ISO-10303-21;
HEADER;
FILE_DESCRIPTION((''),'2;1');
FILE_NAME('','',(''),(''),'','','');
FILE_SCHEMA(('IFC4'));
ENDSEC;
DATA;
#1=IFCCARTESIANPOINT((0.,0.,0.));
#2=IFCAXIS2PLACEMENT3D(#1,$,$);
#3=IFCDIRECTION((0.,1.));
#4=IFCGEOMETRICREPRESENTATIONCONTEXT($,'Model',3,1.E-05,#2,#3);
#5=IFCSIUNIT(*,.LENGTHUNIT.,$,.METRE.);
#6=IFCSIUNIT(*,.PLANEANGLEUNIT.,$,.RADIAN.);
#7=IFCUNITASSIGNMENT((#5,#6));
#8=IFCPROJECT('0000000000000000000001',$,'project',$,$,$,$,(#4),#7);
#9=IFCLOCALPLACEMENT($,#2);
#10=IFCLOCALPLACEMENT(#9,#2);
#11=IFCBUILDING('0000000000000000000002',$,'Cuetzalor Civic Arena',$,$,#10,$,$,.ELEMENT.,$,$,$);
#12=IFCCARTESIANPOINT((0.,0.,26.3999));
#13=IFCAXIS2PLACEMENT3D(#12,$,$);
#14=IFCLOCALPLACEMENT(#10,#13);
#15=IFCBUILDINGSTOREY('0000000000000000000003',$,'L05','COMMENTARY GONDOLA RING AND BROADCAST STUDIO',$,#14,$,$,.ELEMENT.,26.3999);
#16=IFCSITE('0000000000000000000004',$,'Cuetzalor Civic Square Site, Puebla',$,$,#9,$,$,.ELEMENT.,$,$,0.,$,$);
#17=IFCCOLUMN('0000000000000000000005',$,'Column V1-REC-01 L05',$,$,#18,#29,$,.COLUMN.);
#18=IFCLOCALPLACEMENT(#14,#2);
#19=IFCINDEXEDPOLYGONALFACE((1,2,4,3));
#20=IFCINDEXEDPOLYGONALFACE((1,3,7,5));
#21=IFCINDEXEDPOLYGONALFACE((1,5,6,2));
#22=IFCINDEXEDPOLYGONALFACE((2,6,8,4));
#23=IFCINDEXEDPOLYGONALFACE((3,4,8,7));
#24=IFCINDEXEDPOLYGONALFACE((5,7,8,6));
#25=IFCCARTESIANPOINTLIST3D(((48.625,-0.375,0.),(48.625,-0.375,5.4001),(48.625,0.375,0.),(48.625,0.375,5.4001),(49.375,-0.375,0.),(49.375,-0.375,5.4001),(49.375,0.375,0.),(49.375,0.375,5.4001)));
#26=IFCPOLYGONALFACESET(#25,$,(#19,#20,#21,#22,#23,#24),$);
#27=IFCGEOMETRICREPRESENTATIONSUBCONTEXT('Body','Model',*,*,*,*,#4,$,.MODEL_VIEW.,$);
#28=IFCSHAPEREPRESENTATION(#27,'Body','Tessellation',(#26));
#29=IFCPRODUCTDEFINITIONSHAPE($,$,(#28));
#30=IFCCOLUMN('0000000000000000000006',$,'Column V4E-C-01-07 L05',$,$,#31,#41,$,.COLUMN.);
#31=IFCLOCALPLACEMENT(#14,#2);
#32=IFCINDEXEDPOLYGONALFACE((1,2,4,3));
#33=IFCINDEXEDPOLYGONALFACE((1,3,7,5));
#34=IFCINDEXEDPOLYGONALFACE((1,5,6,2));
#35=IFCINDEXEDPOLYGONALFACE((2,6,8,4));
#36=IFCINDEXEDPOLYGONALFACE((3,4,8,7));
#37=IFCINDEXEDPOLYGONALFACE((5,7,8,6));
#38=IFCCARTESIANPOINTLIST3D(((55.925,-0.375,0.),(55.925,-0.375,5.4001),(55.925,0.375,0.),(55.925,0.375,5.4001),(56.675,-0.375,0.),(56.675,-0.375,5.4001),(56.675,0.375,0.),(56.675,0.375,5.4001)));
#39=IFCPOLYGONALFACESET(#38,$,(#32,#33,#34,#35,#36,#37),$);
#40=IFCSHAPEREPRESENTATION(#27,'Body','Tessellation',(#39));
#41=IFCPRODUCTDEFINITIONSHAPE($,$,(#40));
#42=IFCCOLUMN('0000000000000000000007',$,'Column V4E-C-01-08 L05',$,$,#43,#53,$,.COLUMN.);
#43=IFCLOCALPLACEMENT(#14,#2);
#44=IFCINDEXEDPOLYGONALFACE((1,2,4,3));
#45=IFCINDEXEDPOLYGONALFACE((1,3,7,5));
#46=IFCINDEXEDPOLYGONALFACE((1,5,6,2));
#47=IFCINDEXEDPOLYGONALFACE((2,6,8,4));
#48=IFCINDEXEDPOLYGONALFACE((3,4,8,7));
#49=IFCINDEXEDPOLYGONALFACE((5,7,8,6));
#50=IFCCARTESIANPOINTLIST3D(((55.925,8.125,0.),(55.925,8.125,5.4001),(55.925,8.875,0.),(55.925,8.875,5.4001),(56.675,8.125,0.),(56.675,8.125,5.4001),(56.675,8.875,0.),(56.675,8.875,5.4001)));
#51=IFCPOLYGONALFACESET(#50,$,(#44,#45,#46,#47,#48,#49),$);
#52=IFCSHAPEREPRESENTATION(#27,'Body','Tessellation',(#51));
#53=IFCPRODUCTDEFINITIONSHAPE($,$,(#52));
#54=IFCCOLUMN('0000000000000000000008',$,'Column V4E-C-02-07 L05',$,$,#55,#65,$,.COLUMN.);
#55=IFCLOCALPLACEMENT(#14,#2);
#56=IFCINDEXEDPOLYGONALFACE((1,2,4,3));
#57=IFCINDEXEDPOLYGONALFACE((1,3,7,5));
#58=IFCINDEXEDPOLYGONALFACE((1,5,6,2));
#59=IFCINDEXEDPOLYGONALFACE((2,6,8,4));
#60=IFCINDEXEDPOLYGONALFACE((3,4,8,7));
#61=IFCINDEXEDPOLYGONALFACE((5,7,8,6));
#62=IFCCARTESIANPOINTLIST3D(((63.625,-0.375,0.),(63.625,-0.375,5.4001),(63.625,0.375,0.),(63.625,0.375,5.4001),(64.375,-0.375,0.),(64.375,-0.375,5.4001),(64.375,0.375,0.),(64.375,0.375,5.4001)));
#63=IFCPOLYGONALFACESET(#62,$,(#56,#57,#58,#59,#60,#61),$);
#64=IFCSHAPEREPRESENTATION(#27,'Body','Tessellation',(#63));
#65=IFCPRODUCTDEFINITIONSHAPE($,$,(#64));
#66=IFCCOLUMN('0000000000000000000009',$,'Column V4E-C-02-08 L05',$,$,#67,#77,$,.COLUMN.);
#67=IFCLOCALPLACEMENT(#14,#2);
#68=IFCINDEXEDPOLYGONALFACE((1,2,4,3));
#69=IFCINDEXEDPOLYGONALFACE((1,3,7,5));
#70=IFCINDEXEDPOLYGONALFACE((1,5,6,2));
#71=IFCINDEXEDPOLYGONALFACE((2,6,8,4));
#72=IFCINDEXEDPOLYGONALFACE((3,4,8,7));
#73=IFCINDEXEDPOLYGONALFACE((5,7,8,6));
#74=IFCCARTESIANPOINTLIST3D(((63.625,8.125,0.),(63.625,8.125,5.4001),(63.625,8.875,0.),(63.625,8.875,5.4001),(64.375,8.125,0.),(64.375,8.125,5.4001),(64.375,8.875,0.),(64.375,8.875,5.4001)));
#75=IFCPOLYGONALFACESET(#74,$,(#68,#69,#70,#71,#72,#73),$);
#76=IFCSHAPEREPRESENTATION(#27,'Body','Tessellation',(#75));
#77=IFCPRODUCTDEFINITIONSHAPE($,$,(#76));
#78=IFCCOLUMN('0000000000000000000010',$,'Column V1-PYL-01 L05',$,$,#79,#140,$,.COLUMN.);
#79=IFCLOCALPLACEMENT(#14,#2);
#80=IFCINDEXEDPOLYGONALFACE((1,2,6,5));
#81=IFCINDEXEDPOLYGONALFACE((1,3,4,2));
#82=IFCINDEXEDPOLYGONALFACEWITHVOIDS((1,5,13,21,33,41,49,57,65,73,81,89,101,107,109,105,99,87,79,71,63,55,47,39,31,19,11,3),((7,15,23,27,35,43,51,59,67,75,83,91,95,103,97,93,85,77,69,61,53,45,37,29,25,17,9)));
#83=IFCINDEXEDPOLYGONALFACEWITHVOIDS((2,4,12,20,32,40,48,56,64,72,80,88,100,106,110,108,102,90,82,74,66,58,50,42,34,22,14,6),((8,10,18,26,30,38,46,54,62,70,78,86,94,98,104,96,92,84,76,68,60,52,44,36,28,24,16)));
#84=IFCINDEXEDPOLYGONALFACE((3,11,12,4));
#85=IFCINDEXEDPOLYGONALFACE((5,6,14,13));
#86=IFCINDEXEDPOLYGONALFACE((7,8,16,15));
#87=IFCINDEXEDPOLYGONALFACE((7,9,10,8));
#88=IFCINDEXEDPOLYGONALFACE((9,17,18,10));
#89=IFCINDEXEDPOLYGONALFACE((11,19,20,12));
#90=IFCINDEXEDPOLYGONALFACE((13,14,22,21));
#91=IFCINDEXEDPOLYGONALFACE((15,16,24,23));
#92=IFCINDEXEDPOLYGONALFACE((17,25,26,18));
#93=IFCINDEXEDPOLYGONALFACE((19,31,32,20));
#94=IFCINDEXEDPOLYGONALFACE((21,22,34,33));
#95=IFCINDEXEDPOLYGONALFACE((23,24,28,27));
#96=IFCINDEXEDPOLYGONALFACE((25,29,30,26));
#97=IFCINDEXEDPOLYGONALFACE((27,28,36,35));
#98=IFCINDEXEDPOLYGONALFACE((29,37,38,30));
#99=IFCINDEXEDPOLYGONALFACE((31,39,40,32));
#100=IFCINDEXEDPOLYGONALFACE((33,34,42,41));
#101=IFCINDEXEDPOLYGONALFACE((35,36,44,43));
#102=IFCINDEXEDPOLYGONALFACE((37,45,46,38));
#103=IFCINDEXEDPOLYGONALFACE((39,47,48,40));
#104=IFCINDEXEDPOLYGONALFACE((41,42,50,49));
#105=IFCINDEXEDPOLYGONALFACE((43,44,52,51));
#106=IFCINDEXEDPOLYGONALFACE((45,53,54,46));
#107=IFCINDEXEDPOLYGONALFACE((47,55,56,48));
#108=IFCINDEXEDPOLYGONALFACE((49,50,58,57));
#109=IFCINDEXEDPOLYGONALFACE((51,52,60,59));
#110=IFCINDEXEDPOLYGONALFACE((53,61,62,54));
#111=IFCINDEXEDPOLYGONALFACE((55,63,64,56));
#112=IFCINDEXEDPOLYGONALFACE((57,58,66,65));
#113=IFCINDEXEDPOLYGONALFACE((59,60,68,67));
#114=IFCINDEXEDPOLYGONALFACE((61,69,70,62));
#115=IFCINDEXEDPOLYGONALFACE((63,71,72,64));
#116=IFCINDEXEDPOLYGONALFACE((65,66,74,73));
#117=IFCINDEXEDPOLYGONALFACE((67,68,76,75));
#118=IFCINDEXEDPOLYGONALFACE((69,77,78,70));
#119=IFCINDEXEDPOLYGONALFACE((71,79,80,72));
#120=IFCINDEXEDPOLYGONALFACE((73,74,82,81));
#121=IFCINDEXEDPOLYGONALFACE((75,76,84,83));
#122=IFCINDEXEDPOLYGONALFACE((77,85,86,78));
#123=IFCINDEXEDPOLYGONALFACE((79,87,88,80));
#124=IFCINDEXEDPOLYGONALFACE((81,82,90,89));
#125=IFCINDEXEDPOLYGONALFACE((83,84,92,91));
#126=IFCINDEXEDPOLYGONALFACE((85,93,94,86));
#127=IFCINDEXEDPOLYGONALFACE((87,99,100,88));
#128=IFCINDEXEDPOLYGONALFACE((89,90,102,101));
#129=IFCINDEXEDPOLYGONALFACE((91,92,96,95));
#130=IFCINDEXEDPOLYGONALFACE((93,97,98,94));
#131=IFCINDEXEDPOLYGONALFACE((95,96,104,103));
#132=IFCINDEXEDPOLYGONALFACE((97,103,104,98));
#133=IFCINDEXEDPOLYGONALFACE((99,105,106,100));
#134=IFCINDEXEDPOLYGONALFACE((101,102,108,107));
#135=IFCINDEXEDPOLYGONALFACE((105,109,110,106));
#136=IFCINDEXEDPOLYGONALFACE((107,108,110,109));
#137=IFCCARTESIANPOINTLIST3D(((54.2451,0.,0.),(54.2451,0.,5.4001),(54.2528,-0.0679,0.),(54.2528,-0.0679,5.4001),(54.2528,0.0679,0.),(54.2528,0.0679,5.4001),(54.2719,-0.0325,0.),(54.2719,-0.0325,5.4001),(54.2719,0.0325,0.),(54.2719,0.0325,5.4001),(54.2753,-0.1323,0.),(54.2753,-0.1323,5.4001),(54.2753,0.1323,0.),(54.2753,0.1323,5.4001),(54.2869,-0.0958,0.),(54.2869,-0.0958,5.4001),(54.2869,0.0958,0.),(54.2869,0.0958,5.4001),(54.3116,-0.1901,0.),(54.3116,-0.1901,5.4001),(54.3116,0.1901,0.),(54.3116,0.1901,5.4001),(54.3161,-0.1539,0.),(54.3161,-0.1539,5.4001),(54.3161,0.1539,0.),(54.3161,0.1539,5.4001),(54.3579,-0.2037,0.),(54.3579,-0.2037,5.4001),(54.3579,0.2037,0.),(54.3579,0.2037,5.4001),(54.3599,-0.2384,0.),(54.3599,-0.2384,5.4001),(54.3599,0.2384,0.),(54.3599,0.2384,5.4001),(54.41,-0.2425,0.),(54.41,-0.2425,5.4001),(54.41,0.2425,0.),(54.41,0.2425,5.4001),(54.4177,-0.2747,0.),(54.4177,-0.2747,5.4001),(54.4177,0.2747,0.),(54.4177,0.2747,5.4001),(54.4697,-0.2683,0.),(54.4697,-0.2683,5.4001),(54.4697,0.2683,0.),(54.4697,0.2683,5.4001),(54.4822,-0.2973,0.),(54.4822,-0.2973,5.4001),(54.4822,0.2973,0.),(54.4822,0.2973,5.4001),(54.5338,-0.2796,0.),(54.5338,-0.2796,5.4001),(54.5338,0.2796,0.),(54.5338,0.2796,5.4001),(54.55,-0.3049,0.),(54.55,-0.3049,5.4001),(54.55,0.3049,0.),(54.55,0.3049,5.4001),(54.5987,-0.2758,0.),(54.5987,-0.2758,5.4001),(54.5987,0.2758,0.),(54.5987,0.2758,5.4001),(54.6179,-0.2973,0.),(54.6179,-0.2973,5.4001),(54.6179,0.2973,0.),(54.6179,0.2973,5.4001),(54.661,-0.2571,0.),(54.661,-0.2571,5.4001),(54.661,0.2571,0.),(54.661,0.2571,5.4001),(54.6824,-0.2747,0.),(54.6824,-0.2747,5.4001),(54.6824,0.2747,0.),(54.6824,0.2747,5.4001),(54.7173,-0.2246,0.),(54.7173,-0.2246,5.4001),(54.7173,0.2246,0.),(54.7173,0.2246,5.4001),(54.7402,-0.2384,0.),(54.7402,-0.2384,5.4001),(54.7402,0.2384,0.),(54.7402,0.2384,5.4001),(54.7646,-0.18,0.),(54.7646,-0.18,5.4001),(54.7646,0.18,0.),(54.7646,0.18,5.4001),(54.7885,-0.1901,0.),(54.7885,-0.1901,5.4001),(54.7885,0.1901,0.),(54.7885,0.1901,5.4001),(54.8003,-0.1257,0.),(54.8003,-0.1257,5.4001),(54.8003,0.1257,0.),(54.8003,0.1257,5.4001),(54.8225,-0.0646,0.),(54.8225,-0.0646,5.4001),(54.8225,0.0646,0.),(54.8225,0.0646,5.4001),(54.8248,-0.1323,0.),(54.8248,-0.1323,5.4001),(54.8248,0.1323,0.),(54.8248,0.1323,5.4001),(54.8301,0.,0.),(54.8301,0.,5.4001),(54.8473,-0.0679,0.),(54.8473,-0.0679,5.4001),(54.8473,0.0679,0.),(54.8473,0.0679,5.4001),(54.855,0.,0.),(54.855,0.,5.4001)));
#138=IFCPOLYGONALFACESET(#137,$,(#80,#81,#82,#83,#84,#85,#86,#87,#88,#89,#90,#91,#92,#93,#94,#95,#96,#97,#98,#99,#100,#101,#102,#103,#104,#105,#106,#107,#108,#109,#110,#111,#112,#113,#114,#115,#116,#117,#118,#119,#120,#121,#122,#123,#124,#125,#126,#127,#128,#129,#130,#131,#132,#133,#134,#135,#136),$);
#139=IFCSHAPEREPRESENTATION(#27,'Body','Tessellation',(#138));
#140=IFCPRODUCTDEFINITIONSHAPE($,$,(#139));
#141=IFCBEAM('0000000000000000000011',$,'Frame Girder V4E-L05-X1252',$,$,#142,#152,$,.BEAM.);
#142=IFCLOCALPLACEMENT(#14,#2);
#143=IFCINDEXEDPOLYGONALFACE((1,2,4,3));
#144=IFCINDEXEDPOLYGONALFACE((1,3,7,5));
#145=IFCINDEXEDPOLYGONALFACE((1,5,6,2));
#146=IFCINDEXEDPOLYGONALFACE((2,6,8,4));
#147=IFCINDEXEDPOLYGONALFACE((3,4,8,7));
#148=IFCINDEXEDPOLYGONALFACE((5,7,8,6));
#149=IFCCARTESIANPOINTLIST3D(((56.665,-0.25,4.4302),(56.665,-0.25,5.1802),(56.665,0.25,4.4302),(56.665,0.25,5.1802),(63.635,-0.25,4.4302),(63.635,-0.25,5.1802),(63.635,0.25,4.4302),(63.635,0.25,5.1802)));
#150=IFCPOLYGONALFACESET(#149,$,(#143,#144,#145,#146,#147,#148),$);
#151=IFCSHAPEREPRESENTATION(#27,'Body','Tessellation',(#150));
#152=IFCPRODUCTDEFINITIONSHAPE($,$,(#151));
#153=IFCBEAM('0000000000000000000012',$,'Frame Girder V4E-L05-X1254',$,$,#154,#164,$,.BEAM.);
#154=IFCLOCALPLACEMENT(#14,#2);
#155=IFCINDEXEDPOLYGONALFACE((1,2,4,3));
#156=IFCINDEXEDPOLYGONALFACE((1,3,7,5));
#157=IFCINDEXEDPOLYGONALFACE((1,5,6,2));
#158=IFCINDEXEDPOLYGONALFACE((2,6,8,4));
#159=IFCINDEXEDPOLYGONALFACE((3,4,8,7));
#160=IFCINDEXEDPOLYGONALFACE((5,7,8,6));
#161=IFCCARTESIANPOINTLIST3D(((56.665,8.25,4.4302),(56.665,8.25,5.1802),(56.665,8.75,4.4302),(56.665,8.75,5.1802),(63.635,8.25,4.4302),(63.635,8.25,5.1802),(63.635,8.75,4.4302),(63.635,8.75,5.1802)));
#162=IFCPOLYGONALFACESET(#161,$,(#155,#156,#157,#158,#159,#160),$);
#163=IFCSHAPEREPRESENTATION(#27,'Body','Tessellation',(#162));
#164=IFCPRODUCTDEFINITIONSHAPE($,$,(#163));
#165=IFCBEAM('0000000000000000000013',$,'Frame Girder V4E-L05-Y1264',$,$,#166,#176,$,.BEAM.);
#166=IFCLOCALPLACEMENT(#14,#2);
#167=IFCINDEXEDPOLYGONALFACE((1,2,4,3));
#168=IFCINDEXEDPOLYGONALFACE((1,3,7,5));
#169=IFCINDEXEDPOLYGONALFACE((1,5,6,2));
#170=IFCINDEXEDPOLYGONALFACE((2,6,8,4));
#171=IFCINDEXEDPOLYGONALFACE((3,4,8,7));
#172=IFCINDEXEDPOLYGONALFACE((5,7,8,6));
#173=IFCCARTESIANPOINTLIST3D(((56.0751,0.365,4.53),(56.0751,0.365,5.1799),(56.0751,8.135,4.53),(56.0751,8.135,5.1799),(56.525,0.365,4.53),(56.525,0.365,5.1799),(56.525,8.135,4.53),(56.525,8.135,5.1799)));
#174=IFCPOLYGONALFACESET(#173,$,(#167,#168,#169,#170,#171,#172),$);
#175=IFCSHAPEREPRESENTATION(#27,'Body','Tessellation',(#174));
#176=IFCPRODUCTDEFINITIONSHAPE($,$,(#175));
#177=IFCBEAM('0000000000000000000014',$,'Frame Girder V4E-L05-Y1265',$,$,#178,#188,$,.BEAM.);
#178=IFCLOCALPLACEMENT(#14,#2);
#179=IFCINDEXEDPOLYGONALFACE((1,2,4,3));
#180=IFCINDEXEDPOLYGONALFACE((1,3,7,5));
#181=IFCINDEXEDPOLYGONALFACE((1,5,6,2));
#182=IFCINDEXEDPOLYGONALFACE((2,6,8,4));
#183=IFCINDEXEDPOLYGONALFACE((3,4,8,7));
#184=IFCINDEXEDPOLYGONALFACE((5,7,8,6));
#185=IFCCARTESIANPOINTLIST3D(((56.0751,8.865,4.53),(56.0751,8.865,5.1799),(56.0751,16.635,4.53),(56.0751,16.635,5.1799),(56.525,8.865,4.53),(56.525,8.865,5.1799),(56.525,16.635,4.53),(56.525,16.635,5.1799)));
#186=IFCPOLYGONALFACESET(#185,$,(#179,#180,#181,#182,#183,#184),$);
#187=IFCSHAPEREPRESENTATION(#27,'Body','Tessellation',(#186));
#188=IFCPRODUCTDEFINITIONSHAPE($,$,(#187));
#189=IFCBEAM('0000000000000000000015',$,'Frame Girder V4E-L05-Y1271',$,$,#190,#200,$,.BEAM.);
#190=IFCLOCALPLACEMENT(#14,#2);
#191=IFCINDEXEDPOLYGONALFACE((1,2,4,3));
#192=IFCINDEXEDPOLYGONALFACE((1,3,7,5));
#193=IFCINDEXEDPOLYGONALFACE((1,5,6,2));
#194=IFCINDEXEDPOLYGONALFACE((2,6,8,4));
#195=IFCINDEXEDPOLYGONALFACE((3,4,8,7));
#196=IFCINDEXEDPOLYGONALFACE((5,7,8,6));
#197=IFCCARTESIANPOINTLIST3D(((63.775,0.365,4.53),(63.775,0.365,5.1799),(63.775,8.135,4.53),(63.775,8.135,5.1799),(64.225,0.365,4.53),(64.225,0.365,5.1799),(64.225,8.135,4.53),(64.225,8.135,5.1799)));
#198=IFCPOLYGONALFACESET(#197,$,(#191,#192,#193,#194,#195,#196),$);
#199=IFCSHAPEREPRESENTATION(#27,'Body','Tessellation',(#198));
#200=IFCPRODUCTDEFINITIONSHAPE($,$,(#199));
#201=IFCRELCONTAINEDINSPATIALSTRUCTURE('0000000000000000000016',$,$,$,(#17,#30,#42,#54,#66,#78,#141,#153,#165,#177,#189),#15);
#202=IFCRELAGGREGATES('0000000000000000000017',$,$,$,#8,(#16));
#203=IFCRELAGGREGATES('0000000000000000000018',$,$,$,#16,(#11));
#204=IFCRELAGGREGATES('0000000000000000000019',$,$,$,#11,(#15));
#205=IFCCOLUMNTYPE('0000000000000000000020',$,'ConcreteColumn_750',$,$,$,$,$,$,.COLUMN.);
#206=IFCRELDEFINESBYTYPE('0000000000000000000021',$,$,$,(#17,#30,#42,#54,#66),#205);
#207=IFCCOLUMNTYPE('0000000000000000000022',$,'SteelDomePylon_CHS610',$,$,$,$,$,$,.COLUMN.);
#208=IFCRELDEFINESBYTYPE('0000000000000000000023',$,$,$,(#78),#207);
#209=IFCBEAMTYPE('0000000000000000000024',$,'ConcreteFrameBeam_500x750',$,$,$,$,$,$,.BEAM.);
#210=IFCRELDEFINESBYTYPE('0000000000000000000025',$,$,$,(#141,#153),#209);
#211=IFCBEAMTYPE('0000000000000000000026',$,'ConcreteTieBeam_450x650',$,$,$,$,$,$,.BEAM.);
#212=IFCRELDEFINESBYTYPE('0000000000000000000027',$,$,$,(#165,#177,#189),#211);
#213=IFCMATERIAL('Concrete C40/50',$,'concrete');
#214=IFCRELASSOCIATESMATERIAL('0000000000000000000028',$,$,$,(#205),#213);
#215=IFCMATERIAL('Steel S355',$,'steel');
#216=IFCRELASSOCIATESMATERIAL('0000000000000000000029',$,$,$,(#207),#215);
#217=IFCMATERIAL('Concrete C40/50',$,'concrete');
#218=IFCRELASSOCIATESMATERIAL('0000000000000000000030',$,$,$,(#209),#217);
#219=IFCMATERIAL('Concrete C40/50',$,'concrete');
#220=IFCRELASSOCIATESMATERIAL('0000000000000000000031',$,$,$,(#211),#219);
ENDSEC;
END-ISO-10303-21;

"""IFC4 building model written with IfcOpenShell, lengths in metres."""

from ifc_helpers import new_model, si_unit, direction, frame, origin, origin_2d, place, context, subcontext, project, spatial, rectangle, hollow_circle, extrude, material, material_profile, profile_set, type_object, element, save


model = new_model("IFC4")

# Units and contexts
model_context = context("Model", 3, precision=1e-05, world=origin(), true_north=direction((0.0, 1.0)))
body_context = subcontext(model_context, "Body", "Model", "MODEL_VIEW")
ifc_project = project(units=[si_unit("LENGTHUNIT", "METRE"), si_unit("PLANEANGLEUNIT", "RADIAN")], contexts=[model_context])

# Site, building, storey
site_placement = place(None, origin())
site = spatial("IfcSite", under=ifc_project, at=site_placement, Name="Cuetzalor Civic Square Site, Puebla", CompositionType="ELEMENT", RefElevation=0.0)
building_placement = place(site_placement, origin())
building = spatial("IfcBuilding", under=site, at=building_placement, Name="Cuetzalor Civic Arena", CompositionType="ELEMENT")
storey_placement = place(building_placement, frame((0.0, 0.0, 26.3999)))
storey = spatial("IfcBuildingStorey", under=building, at=storey_placement, Name="L05", Description="COMMENTARY GONDOLA RING AND BROADCAST STUDIO", CompositionType="ELEMENT", Elevation=26.3999)

# Columns
ifc_material_1 = material(Name="Concrete C40/50", Category="concrete")
ifc_material_profile_1 = material_profile(ifc_material_1, rectangle(XDim=0.75, YDim=0.75, at=origin_2d()), Name="RC 750x750")
ifc_profile_set_1 = profile_set([ifc_material_profile_1], Name="Concrete C40/50")
column_type_1 = type_object("IfcColumnType", Name="ConcreteColumn_750", PredefinedType="COLUMN", material=ifc_profile_set_1)
for number, where, z_axis, x_axis, name in (
    (1, (49.0, 0.0, 0.0), (0.0, 0.0, 1.0), (1.0, 0.0, 0.0), "Column V1-REC-01 L05"),
    (2, (56.3, 0.0, 0.0), (0.0, 0.0, 1.0), (1.0, 0.0, 0.0), "Column V4E-C-01-07 L05"),
    (3, (56.3, 8.5, 0.0), (0.0, 0.0, 1.0), (1.0, 0.0, 0.0), "Column V4E-C-01-08 L05"),
    (4, (64.0, 0.0, 0.0), (0.0, 0.0, 1.0), (1.0, 0.0, 0.0), "Column V4E-C-02-07 L05"),
    (5, (64.0, 8.5, 0.0), (0.0, 0.0, 1.0), (1.0, 0.0, 0.0), "Column V4E-C-02-08 L05"),
):
    element("IfcColumn", number, at=place(storey_placement, frame(where, z_axis=z_axis, x_axis=x_axis)), inside=storey, type_object=column_type_1, Name=name, PredefinedType="COLUMN", context=body_context, shape_type="SweptSolid", body=[
        extrude(rectangle(XDim=0.75, YDim=0.75, at=origin_2d()), origin(), (0.0, 0.0, 1.0), 5.4001),
    ])
ifc_material_2 = material(Name="Steel S355", Category="steel")
ifc_material_profile_2 = material_profile(ifc_material_2, hollow_circle(Radius=0.3049, WallThickness=0.0249, at=origin_2d()), Name="CHS 610x25")
ifc_profile_set_2 = profile_set([ifc_material_profile_2], Name="Steel S355")
column_type_2 = type_object("IfcColumnType", Name="SteelDomePylon_CHS610", PredefinedType="COLUMN", material=ifc_profile_set_2)
column_placement = place(storey_placement, frame((54.55, 0.0, 0.0), z_axis=(0.0, 0.0, 1.0), x_axis=(1.0, 0.0, 0.0)))
element("IfcColumn", 6, at=column_placement, inside=storey, type_object=column_type_2, Name="Column V1-PYL-01 L05", PredefinedType="COLUMN", context=body_context, shape_type="SweptSolid", body=[
    extrude(hollow_circle(Radius=0.3049, WallThickness=0.0249, at=origin_2d()), origin(), (0.0, 0.0, 1.0), 5.4001),
])

# Beams
ifc_material_3 = material(Name="Concrete C40/50", Category="concrete")
ifc_material_profile_3 = material_profile(ifc_material_3, rectangle(XDim=0.5, YDim=0.75, at=origin_2d()), Name="RC 500x750")
ifc_profile_set_3 = profile_set([ifc_material_profile_3], Name="Concrete C40/50")
beam_type_1 = type_object("IfcBeamType", Name="ConcreteFrameBeam_500x750", PredefinedType="BEAM", material=ifc_profile_set_3)
for number, where, z_axis, x_axis, name in (
    (7, (56.665, 0.0, 4.8052), (1.0, 0.0, 0.0), (0.0, 1.0, 0.0), "Frame Girder V4E-L05-X1252"),
    (8, (56.665, 8.5, 4.8052), (1.0, 0.0, 0.0), (0.0, 1.0, 0.0), "Frame Girder V4E-L05-X1254"),
):
    element("IfcBeam", number, at=place(storey_placement, frame(where, z_axis=z_axis, x_axis=x_axis)), inside=storey, type_object=beam_type_1, Name=name, PredefinedType="BEAM", context=body_context, shape_type="SweptSolid", body=[
        extrude(rectangle(XDim=0.5, YDim=0.75, at=origin_2d()), origin(), (0.0, 0.0, 1.0), 6.97),
    ])
ifc_material_4 = material(Name="Concrete C40/50", Category="concrete")
ifc_material_profile_4 = material_profile(ifc_material_4, rectangle(XDim=0.45, YDim=0.6499, at=origin_2d()), Name="RC 450x650")
ifc_profile_set_4 = profile_set([ifc_material_profile_4], Name="Concrete C40/50")
beam_type_2 = type_object("IfcBeamType", Name="ConcreteTieBeam_450x650", PredefinedType="BEAM", material=ifc_profile_set_4)
for number, where, z_axis, x_axis, name in (
    (9, (56.3, 0.365, 4.855), (0.0, 1.0, 0.0), (-1.0, 0.0, 0.0), "Frame Girder V4E-L05-Y1264"),
    (10, (56.3, 8.865, 4.855), (0.0, 1.0, 0.0), (-1.0, 0.0, 0.0), "Frame Girder V4E-L05-Y1265"),
    (11, (64.0, 0.365, 4.855), (0.0, 1.0, 0.0), (-1.0, 0.0, 0.0), "Frame Girder V4E-L05-Y1271"),
):
    element("IfcBeam", number, at=place(storey_placement, frame(where, z_axis=z_axis, x_axis=x_axis)), inside=storey, type_object=beam_type_2, Name=name, PredefinedType="BEAM", context=body_context, shape_type="SweptSolid", body=[
        extrude(rectangle(XDim=0.45, YDim=0.6499, at=origin_2d()), origin(), (0.0, 0.0, 1.0), 7.77),
    ])

save(model, "model.ifc")
